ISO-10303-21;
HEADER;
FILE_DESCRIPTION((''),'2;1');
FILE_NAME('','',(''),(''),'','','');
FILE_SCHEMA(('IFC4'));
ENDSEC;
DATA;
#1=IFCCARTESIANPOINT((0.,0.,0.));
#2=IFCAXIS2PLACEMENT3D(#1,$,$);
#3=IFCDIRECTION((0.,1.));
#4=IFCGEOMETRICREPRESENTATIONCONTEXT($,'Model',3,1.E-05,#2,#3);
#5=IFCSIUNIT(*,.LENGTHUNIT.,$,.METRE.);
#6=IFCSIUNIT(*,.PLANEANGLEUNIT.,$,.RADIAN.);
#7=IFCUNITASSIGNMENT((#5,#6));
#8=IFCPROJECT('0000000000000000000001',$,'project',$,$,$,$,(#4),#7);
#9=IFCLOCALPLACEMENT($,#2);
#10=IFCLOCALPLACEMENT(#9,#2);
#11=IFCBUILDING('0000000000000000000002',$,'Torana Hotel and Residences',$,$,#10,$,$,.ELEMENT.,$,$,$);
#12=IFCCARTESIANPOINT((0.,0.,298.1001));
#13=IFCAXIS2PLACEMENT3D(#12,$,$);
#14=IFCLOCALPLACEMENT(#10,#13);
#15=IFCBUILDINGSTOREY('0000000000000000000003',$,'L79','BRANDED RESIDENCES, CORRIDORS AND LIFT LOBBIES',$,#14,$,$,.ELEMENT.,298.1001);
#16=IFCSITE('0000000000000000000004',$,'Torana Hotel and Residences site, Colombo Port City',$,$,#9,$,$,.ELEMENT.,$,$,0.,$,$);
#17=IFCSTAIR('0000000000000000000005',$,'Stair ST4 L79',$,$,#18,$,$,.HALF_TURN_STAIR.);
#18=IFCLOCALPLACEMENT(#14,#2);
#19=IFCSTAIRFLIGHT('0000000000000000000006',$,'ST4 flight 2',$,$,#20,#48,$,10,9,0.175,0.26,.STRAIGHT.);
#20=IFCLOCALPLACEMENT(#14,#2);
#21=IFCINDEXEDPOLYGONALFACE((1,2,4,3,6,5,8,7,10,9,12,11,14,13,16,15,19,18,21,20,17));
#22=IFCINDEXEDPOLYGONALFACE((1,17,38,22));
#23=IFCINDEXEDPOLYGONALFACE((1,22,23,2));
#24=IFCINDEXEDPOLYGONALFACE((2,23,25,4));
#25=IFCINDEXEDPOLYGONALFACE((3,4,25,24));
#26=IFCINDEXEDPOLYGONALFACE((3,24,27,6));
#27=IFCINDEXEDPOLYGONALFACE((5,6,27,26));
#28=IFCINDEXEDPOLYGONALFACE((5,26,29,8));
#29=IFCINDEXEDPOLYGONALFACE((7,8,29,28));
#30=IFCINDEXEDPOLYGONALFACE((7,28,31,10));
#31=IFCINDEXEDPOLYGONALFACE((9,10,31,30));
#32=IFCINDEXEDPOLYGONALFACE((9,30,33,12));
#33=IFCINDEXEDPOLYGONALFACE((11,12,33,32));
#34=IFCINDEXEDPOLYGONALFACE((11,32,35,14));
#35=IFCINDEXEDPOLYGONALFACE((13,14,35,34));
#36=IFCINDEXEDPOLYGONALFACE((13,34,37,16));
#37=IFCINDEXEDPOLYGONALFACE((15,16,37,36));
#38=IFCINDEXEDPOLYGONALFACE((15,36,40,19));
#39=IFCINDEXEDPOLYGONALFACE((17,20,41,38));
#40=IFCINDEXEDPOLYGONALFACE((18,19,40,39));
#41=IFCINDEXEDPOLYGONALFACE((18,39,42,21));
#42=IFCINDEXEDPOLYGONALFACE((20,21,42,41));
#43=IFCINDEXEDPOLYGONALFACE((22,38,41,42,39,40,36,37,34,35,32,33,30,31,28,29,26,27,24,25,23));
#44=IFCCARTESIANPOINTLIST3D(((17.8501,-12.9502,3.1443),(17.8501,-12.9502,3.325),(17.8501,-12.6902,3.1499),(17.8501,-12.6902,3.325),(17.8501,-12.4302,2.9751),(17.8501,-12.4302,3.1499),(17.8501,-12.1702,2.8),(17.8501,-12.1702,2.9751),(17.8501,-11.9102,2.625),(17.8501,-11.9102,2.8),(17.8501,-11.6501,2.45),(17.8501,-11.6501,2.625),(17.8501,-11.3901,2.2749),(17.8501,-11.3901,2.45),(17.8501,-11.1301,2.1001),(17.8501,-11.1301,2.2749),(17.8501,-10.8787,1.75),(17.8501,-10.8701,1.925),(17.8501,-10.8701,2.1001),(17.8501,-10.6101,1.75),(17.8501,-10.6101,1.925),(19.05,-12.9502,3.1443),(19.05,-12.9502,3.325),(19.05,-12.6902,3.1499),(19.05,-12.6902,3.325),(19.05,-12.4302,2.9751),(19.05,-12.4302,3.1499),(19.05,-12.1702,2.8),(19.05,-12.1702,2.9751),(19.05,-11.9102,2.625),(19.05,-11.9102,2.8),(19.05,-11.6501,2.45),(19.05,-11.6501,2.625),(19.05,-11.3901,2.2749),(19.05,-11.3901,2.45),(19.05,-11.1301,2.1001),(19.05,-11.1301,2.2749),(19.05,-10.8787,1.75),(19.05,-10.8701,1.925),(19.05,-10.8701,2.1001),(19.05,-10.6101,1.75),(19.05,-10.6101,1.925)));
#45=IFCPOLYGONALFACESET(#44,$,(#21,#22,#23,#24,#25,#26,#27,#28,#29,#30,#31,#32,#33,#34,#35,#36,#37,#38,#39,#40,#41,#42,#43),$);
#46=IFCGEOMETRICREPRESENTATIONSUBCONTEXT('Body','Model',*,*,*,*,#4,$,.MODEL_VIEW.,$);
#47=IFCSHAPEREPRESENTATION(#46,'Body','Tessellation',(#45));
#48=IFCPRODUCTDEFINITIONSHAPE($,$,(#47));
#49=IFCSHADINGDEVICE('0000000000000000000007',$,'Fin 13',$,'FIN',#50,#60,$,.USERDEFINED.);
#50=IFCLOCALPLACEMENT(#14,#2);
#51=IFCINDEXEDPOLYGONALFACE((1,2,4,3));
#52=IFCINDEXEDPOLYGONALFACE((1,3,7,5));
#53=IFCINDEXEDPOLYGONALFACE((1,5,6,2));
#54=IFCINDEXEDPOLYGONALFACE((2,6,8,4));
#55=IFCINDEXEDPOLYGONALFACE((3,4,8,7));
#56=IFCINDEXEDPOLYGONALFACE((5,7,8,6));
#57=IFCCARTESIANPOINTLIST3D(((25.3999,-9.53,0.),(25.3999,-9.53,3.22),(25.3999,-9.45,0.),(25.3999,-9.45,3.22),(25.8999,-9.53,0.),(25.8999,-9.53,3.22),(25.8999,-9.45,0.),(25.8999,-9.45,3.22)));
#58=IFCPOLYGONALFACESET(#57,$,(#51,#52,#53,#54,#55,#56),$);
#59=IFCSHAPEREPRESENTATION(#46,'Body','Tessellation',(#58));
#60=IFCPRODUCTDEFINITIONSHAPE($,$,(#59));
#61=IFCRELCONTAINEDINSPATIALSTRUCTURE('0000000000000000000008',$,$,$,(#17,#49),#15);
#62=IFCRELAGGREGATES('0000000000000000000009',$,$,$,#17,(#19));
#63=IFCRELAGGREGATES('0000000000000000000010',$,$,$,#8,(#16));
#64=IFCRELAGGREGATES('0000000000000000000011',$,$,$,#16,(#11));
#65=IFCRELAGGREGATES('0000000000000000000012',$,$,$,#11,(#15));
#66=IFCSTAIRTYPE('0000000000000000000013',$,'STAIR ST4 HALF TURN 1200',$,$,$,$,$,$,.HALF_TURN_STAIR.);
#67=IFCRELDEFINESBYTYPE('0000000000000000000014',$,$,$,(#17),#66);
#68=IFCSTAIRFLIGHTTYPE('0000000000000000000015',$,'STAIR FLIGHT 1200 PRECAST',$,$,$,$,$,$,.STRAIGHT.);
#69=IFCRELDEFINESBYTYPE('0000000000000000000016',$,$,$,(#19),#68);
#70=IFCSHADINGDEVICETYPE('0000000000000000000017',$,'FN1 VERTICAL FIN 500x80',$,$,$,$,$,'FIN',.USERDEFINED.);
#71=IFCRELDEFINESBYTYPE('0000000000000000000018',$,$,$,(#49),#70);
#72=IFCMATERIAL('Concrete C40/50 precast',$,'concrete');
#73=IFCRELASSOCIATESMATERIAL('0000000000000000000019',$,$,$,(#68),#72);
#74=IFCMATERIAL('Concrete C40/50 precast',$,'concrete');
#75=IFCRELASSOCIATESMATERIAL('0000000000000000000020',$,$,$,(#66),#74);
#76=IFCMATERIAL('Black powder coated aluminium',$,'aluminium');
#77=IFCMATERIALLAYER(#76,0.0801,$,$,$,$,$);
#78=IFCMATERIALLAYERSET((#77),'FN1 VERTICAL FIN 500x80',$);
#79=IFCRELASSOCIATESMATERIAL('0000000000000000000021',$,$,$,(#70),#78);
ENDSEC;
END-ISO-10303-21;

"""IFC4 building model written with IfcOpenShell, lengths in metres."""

from ifc_helpers import new_model, si_unit, direction, frame, origin, origin_2d, place, context, subcontext, project, spatial, polyline, rectangle, outline, extrude, material, layer, layer_set, type_object, element, aggregate, save


model = new_model("IFC4")

# Units and contexts
model_context = context("Model", 3, precision=1e-05, world=origin(), true_north=direction((0.0, 1.0)))
body_context = subcontext(model_context, "Body", "Model", "MODEL_VIEW")
ifc_project = project(units=[si_unit("LENGTHUNIT", "METRE"), si_unit("PLANEANGLEUNIT", "RADIAN")], contexts=[model_context])

# Site, building, storey
site_placement = place(None, origin())
site = spatial("IfcSite", under=ifc_project, at=site_placement, Name="Torana Hotel and Residences site, Colombo Port City", CompositionType="ELEMENT", RefElevation=0.0)
building_placement = place(site_placement, origin())
building = spatial("IfcBuilding", under=site, at=building_placement, Name="Torana Hotel and Residences", CompositionType="ELEMENT")
storey_placement = place(building_placement, frame((0.0, 0.0, 298.1001)))
storey = spatial("IfcBuildingStorey", under=building, at=storey_placement, Name="L79", Description="BRANDED RESIDENCES, CORRIDORS AND LIFT LOBBIES", CompositionType="ELEMENT", Elevation=298.1001)

# Shared definitions
ifc_material_1 = material(Name="Concrete C40/50 precast", Category="concrete")
stair_flight_type = type_object("IfcStairFlightType", Name="STAIR FLIGHT 1200 PRECAST", PredefinedType="STRAIGHT", material=ifc_material_1)

# Stair, stair flight
ifc_material_2 = material(Name="Concrete C40/50 precast", Category="concrete")
stair_type_1 = type_object("IfcStairType", Name="STAIR ST4 HALF TURN 1200", PredefinedType="HALF_TURN_STAIR", material=ifc_material_2)
stair_1_placement = place(storey_placement, origin())
stair_1 = element("IfcStair", 1, at=stair_1_placement, inside=storey, type_object=stair_type_1, Name="Stair ST4 L79", PredefinedType="HALF_TURN_STAIR")
stair_flight_1_placement = place(storey_placement, frame((18.45, -10.6101, 1.75), z_axis=(0.0, 0.0, 1.0), x_axis=(0.0, -1.0, 0.0)))
stair_flight_1 = element("IfcStairFlight", 2, at=stair_flight_1_placement, type_object=stair_flight_type, Name="ST4 flight 2", NumberOfRisers=10, NumberOfTreads=9, PredefinedType="STRAIGHT", RiserHeight=0.175, TreadLength=0.26, context=body_context, shape_type="SweptSolid", body=[
    extrude(outline(polyline([(0.0, 0.0), (0.0, 0.175), (0.26, 0.175), (0.26, 0.3501), (0.52, 0.3501), (0.52, 0.5249), (0.78, 0.5249), (0.78, 0.7), (1.04, 0.7), (1.04, 0.875), (1.3, 0.875), (1.3, 1.05), (1.5601, 1.05), (1.5601, 1.2251), (1.8201, 1.2251), (1.8201, 1.3999), (2.0801, 1.3999), (2.0801, 1.575), (2.3401, 1.575), (2.3401, 1.75), (2.3401, 1.3943), (0.2686, 0.0), (0.0, 0.0)])), frame((0.0, 0.6001, 0.0), z_axis=(0.0, -1.0, 0.0), x_axis=(1.0, 0.0, 0.0)), (0.0, 0.0, 1.0), 1.2),
])
aggregate(stair_1, [stair_flight_1])

# Shading device
ifc_material_3 = material(Name="Black powder coated aluminium", Category="aluminium")
ifc_layer_1 = layer(ifc_material_3, 0.0801)
ifc_layer_set_1 = layer_set([ifc_layer_1], Name="FN1 VERTICAL FIN 500x80")
shading_device_type_1 = type_object("IfcShadingDeviceType", Name="FN1 VERTICAL FIN 500x80", ElementType="FIN", PredefinedType="USERDEFINED", material=ifc_layer_set_1)
shading_device_1_placement = place(storey_placement, frame((25.6499, -9.49, 0.0), z_axis=(0.0, 0.0, 1.0), x_axis=(0.0, -1.0, 0.0)))
element("IfcShadingDevice", 3, at=shading_device_1_placement, inside=storey, type_object=shading_device_type_1, Name="Fin 13", ObjectType="FIN", PredefinedType="USERDEFINED", context=body_context, shape_type="SweptSolid", body=[
    extrude(rectangle(XDim=0.0801, YDim=0.5, at=origin_2d()), origin(), (0.0, 0.0, 1.0), 3.22),
])

save(model, "model.ifc")
